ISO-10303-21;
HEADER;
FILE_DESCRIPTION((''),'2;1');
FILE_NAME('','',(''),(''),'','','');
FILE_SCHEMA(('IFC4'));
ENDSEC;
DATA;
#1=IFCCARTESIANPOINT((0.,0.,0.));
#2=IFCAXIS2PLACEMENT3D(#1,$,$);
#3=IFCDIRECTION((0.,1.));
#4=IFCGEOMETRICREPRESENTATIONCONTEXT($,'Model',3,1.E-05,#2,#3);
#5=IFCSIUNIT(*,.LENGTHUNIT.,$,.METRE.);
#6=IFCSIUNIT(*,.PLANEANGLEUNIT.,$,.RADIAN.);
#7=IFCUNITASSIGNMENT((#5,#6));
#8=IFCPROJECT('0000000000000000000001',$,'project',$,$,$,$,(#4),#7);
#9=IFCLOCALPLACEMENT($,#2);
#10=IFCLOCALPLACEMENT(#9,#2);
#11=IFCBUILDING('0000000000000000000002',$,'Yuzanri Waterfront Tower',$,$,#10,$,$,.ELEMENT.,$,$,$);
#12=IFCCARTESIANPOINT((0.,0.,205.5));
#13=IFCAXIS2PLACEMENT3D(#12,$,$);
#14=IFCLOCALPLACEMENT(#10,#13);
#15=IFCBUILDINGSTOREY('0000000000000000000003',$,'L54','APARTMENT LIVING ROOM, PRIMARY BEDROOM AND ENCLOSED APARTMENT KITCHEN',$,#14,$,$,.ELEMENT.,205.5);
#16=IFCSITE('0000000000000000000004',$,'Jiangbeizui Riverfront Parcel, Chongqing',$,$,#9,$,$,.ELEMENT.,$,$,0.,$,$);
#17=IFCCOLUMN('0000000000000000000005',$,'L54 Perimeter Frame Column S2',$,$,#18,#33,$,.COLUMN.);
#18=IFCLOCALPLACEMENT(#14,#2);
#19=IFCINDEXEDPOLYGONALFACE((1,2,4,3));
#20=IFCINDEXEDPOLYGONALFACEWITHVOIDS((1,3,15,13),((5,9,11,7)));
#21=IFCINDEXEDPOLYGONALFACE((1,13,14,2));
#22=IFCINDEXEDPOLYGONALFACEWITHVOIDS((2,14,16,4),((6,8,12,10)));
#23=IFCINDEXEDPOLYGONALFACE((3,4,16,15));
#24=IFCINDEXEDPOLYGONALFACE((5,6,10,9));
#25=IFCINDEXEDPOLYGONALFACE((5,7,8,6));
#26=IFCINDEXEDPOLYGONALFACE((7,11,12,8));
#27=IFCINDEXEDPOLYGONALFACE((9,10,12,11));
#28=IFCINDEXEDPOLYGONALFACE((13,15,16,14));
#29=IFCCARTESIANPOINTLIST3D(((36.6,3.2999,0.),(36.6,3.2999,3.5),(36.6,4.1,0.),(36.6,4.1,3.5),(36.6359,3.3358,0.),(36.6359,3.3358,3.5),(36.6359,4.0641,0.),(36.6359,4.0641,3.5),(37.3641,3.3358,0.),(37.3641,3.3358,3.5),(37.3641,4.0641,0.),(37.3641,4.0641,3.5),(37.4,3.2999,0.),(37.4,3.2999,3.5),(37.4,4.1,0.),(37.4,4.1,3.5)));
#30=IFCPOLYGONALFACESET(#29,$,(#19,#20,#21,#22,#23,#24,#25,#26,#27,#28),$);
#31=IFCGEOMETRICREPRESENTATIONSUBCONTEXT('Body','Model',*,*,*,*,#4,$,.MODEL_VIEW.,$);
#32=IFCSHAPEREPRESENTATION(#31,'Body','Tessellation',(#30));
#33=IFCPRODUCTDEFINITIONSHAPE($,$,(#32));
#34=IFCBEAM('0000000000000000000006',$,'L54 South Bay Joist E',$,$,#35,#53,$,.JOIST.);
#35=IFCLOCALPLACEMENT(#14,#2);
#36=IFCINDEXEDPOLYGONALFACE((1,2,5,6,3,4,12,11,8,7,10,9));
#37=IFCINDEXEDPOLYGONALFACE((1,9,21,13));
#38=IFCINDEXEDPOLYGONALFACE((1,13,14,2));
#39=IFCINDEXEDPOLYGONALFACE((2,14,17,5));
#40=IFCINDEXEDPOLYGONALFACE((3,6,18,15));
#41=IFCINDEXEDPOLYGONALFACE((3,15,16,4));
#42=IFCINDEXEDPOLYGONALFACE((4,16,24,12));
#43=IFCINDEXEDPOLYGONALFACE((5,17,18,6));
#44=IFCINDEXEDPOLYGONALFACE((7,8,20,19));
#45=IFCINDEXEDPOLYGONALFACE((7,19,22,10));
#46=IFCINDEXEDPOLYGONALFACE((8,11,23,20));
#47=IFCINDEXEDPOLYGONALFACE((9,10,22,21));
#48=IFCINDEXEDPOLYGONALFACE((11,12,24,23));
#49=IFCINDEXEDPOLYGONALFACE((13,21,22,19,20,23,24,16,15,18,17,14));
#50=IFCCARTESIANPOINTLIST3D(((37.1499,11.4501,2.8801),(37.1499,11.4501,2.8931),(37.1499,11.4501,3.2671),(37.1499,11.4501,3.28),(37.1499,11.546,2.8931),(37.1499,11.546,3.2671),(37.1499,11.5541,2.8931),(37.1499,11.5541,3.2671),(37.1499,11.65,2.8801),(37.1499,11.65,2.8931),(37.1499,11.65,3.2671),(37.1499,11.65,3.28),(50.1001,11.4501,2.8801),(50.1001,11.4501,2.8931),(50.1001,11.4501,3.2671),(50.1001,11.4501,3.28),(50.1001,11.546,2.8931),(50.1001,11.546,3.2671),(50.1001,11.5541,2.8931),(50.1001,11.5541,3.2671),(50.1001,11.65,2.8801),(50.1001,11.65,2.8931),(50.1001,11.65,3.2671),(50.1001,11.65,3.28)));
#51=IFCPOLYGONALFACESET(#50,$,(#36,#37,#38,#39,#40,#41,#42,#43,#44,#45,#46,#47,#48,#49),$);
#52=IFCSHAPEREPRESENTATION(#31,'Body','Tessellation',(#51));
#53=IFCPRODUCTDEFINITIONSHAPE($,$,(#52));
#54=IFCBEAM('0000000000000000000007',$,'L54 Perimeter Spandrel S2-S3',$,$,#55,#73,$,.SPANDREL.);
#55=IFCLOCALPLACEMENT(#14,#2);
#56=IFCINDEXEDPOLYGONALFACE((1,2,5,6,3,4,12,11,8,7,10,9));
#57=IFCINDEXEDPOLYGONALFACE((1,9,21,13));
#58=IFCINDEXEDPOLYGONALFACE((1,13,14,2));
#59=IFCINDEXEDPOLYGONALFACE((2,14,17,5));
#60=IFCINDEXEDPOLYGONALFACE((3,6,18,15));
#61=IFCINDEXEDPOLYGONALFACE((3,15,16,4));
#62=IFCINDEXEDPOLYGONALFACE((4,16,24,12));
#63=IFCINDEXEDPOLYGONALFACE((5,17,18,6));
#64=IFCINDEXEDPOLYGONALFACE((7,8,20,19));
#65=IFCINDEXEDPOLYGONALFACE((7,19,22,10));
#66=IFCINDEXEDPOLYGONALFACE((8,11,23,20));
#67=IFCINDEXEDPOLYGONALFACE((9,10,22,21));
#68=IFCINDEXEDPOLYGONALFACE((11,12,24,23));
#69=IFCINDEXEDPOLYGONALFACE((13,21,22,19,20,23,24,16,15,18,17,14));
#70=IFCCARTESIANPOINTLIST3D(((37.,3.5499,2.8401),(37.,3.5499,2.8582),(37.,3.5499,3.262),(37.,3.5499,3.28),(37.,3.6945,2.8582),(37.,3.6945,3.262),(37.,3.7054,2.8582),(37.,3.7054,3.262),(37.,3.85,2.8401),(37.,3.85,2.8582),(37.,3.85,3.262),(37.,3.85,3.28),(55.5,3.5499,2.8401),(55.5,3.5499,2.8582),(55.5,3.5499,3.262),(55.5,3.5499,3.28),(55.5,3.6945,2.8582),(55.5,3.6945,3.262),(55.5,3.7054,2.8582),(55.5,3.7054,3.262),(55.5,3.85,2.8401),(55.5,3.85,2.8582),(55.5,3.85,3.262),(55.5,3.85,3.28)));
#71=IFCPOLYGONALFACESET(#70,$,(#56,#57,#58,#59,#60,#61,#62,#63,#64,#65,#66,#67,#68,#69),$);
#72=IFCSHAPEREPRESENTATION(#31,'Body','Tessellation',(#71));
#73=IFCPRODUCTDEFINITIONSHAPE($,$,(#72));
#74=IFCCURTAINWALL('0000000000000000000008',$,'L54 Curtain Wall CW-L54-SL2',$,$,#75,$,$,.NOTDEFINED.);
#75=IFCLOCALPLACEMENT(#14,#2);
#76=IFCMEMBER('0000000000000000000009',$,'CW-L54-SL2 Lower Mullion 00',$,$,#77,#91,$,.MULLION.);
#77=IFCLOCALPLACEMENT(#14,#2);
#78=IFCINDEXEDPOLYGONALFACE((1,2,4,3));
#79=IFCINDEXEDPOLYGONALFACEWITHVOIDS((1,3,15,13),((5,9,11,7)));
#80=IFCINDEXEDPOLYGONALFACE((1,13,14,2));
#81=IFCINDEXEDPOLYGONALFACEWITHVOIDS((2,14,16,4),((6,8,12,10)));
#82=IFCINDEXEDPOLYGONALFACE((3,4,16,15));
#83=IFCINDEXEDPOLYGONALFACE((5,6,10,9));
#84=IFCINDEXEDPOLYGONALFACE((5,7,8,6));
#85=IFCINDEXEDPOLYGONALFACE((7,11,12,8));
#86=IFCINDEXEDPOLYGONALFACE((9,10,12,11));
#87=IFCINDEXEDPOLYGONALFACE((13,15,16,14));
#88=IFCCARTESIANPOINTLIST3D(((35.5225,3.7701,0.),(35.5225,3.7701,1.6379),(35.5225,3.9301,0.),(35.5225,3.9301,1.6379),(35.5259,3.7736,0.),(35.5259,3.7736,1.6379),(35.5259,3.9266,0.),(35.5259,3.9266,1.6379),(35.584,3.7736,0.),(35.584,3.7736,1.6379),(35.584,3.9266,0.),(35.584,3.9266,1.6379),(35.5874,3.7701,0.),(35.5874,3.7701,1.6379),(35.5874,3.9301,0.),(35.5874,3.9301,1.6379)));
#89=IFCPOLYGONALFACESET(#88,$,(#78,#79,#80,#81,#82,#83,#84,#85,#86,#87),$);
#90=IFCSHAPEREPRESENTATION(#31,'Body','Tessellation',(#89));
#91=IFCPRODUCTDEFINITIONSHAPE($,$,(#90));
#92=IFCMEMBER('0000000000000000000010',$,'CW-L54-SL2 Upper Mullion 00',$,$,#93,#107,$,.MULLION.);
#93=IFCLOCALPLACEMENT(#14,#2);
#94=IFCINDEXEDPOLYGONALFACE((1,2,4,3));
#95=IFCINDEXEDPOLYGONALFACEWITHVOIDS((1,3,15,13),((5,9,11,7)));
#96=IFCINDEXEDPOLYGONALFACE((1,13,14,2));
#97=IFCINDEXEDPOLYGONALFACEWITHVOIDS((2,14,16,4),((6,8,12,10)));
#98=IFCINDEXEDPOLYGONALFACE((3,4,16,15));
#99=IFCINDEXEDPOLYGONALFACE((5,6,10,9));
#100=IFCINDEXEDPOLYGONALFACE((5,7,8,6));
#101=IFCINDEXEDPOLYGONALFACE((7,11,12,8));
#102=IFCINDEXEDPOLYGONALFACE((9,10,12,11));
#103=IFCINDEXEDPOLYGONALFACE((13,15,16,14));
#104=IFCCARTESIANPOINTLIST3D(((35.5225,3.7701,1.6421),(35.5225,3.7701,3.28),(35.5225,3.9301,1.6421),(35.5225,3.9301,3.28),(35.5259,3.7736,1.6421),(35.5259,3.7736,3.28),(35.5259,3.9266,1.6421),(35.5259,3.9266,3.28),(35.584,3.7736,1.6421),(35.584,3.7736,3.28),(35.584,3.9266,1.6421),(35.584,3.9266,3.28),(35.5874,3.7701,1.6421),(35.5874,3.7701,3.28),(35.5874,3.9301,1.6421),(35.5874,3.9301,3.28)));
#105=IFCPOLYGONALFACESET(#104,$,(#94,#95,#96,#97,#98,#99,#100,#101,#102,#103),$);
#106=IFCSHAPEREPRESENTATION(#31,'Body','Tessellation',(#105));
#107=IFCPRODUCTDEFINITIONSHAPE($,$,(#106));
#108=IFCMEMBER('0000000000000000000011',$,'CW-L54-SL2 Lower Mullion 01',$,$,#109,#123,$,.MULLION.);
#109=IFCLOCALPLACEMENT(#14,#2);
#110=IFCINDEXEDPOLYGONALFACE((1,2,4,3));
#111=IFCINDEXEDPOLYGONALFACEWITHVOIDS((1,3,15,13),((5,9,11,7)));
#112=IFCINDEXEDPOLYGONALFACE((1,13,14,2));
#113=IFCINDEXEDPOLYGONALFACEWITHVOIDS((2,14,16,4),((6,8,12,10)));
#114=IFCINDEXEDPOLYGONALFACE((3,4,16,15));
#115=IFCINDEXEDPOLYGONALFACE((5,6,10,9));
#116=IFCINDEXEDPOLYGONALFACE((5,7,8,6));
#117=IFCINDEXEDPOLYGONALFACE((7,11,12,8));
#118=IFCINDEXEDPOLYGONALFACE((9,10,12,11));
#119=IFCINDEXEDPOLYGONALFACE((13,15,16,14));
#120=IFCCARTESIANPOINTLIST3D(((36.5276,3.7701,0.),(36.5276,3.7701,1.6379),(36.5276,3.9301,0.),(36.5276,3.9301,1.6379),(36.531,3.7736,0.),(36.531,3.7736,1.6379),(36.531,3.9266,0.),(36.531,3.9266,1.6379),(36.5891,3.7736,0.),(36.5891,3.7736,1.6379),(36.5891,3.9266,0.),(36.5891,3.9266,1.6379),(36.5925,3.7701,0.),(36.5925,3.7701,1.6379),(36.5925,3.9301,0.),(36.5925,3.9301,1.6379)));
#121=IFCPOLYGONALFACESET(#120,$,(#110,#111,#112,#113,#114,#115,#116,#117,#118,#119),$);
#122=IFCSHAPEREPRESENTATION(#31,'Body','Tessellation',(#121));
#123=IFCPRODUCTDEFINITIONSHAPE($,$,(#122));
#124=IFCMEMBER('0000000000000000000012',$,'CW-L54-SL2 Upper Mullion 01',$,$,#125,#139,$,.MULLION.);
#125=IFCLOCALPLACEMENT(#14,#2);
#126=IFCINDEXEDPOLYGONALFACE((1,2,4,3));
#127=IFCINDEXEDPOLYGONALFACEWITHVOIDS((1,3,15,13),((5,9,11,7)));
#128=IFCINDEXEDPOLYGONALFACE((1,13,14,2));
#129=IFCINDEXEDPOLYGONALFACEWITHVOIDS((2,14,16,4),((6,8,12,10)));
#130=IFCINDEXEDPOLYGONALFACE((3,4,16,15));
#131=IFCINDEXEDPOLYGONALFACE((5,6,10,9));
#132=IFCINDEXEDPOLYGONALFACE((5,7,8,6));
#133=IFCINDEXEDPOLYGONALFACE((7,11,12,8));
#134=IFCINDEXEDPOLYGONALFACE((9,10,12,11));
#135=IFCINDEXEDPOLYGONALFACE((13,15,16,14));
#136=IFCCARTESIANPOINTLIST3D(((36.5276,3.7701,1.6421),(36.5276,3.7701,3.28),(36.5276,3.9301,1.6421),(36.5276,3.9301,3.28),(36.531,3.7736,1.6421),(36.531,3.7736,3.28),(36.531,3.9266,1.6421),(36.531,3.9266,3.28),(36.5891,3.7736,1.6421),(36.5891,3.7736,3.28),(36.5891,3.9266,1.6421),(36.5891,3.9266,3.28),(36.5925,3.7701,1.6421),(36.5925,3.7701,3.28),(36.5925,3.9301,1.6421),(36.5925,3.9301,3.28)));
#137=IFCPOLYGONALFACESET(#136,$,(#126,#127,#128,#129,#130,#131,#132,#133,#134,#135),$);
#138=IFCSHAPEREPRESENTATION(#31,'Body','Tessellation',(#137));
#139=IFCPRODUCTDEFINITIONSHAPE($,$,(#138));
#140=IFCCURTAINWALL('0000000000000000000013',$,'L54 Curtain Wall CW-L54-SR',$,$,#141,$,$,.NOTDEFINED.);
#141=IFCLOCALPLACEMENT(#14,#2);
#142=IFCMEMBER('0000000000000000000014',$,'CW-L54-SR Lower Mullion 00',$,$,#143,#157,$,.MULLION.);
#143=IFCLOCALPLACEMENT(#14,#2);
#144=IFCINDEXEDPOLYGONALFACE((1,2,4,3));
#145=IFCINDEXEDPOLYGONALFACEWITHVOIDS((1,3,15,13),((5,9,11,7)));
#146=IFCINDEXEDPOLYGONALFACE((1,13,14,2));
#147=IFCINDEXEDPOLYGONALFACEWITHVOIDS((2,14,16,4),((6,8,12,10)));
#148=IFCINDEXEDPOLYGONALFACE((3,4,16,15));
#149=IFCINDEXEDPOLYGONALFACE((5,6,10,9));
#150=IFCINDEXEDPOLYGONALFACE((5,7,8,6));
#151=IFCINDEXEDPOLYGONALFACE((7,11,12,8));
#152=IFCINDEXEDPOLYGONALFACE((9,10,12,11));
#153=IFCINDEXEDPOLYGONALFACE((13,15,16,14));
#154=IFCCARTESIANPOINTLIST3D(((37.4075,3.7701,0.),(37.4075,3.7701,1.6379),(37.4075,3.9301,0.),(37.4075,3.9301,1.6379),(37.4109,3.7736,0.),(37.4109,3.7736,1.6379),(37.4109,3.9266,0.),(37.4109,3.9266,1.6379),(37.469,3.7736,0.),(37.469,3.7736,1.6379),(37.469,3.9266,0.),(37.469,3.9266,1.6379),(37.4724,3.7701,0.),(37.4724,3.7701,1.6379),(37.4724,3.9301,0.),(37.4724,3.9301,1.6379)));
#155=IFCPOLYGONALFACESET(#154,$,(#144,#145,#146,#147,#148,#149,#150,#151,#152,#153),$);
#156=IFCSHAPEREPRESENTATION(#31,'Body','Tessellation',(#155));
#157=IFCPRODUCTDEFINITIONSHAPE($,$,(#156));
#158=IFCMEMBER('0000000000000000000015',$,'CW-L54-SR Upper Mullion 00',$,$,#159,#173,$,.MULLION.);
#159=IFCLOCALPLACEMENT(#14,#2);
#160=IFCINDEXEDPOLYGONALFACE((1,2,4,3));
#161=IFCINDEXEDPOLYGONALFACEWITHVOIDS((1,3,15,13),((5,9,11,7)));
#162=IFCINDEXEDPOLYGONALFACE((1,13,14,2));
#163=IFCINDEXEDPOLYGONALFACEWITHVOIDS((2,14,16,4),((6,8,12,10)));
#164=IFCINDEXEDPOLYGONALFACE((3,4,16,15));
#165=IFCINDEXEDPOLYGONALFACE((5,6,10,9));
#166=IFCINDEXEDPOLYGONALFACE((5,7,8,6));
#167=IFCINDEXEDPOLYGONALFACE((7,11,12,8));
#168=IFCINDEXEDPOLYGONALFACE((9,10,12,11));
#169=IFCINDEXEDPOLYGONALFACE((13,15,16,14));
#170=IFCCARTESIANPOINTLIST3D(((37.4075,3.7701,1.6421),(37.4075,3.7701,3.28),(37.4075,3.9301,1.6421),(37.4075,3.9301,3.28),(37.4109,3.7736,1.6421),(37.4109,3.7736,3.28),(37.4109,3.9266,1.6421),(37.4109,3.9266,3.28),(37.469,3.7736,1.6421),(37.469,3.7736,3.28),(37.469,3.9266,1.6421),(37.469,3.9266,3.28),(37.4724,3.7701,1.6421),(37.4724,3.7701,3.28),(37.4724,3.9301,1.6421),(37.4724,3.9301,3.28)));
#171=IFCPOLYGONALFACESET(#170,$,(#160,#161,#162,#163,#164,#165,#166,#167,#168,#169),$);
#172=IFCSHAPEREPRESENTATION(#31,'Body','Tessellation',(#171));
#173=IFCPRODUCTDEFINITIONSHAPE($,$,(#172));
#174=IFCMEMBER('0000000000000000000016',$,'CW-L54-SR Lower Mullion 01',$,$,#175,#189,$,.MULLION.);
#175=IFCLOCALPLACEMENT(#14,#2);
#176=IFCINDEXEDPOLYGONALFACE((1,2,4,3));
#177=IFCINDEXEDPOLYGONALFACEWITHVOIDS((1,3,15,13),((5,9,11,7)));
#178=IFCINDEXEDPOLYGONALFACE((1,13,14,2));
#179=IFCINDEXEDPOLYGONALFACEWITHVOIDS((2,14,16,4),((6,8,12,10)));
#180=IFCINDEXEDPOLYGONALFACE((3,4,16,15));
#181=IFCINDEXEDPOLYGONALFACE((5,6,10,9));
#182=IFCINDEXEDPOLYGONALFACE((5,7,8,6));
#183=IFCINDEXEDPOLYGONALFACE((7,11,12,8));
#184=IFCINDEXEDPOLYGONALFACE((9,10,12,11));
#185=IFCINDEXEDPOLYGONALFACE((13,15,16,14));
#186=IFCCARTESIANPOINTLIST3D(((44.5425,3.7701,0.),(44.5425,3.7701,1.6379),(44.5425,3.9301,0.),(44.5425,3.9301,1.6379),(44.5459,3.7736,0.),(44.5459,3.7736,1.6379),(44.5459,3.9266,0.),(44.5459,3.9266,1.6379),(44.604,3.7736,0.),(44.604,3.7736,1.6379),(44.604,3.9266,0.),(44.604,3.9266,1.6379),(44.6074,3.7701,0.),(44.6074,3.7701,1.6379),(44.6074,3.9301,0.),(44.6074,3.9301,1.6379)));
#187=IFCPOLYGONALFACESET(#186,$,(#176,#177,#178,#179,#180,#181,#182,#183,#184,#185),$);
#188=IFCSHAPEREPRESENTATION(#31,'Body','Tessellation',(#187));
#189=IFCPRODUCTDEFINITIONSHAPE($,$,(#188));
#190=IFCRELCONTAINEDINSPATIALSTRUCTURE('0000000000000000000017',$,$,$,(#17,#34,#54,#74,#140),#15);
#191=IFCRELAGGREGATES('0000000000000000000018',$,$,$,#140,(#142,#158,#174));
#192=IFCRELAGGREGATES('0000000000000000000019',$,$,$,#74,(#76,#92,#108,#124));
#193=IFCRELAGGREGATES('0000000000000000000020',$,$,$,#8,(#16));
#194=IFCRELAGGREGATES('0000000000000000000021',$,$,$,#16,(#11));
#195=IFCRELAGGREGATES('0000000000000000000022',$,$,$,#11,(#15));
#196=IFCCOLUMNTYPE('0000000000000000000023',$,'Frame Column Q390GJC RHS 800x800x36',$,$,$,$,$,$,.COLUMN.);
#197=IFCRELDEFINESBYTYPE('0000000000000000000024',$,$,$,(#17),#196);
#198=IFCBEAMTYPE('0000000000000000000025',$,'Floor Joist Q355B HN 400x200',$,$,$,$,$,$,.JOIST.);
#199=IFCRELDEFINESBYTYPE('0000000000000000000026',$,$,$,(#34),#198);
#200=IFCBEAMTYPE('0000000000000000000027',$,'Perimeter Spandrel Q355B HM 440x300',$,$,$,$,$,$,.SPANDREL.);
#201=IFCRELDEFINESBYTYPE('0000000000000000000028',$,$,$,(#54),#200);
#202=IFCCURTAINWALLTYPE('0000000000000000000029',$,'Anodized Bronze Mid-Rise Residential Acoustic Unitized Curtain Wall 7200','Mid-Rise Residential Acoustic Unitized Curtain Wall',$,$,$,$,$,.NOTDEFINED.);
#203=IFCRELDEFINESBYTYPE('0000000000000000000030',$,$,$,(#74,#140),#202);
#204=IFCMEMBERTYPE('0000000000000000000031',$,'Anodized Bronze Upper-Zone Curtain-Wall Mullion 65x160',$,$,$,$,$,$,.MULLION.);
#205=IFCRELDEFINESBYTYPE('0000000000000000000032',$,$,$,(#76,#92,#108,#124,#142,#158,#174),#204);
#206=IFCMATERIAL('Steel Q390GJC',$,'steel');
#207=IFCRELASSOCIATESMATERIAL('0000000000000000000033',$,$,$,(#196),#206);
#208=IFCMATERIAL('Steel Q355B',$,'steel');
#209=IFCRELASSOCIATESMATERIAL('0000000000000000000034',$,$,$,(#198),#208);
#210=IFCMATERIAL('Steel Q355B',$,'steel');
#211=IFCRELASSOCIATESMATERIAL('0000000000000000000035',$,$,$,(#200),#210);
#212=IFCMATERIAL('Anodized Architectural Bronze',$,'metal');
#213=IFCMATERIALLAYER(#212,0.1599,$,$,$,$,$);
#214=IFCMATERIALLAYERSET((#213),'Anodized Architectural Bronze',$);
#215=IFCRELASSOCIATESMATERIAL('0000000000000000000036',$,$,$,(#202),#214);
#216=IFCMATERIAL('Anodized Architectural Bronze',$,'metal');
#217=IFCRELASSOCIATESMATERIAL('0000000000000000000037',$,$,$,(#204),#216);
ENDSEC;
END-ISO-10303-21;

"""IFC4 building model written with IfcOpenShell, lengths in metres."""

from ifc_helpers import new_model, si_unit, direction, frame, origin, origin_2d, place, context, subcontext, project, spatial, hollow_rectangle, i_section, extrude, source, transform, mapped, material, layer, layer_set, material_profile, profile_set, type_object, element, aggregate, save


model = new_model("IFC4")

# Units and contexts
model_context = context("Model", 3, precision=1e-05, world=origin(), true_north=direction((0.0, 1.0)))
body_context = subcontext(model_context, "Body", "Model", "MODEL_VIEW")
ifc_project = project(units=[si_unit("LENGTHUNIT", "METRE"), si_unit("PLANEANGLEUNIT", "RADIAN")], contexts=[model_context])

# Site, building, storey
site_placement = place(None, origin())
site = spatial("IfcSite", under=ifc_project, at=site_placement, Name="Jiangbeizui Riverfront Parcel, Chongqing", CompositionType="ELEMENT", RefElevation=0.0)
building_placement = place(site_placement, origin())
building = spatial("IfcBuilding", under=site, at=building_placement, Name="Yuzanri Waterfront Tower", CompositionType="ELEMENT")
storey_placement = place(building_placement, frame((0.0, 0.0, 205.5)))
storey = spatial("IfcBuildingStorey", under=building, at=storey_placement, Name="L54", Description="APARTMENT LIVING ROOM, PRIMARY BEDROOM AND ENCLOSED APARTMENT KITCHEN", CompositionType="ELEMENT", Elevation=205.5)

# Column
ifc_material_1 = material(Name="Steel Q390GJC", Category="steel")
ifc_material_profile_1 = material_profile(ifc_material_1, hollow_rectangle(XDim=0.8, YDim=0.8, WallThickness=0.0359, at=origin_2d()), Name="RHS 800x800x36")
ifc_profile_set_1 = profile_set([ifc_material_profile_1], Name="Steel Q390GJC")
column_type = type_object("IfcColumnType", Name="Frame Column Q390GJC RHS 800x800x36", PredefinedType="COLUMN", material=ifc_profile_set_1)
shared_shape_1 = source(origin(), body_context, "Body", "SweptSolid", [
    extrude(hollow_rectangle(XDim=0.8, YDim=0.8, WallThickness=0.0359, at=origin_2d()), origin(), (0.0, 0.0, 1.0), 3.5),
])
column_placement = place(storey_placement, frame((37.0, 3.7, 0.0), z_axis=(0.0, 0.0, 1.0), x_axis=(1.0, 0.0, 0.0)))
element("IfcColumn", 1, at=column_placement, inside=storey, type_object=column_type, Name="L54 Perimeter Frame Column S2", PredefinedType="COLUMN", context=body_context, shape_type="MappedRepresentation", body=[
    mapped(shared_shape_1, transform((0.0, 0.0, 0.0), scale=1.0)),
])

# Beams
ifc_material_2 = material(Name="Steel Q355B", Category="steel")
ifc_material_profile_2 = material_profile(ifc_material_2, i_section(OverallWidth=0.2, OverallDepth=0.3999, WebThickness=0.0081, FlangeThickness=0.0129, at=origin_2d()), Name="HN 400x200x8x13")
ifc_profile_set_2 = profile_set([ifc_material_profile_2], Name="Steel Q355B")
beam_type_1 = type_object("IfcBeamType", Name="Floor Joist Q355B HN 400x200", PredefinedType="JOIST", material=ifc_profile_set_2)
shared_shape_2 = source(origin(), body_context, "Body", "SweptSolid", [
    extrude(i_section(OverallWidth=0.2, OverallDepth=0.3999, WebThickness=0.0081, FlangeThickness=0.0129, at=origin_2d()), origin(), (0.0, 0.0, 1.0), 12.9502),
])
beam_1_placement = place(storey_placement, frame((37.1499, 11.55, 3.0801), z_axis=(1.0, 0.0, 0.0), x_axis=(0.0, 1.0, 0.0)))
element("IfcBeam", 2, at=beam_1_placement, inside=storey, type_object=beam_type_1, Name="L54 South Bay Joist E", PredefinedType="JOIST", context=body_context, shape_type="MappedRepresentation", body=[
    mapped(shared_shape_2, transform((0.0, 0.0, 0.0), scale=1.0)),
])
ifc_material_3 = material(Name="Steel Q355B", Category="steel")
ifc_material_profile_3 = material_profile(ifc_material_3, i_section(OverallWidth=0.3, OverallDepth=0.4399, WebThickness=0.011, FlangeThickness=0.0181, at=origin_2d()), Name="HM 440x300x11x18")
ifc_profile_set_3 = profile_set([ifc_material_profile_3], Name="Steel Q355B")
beam_type_2 = type_object("IfcBeamType", Name="Perimeter Spandrel Q355B HM 440x300", PredefinedType="SPANDREL", material=ifc_profile_set_3)
shared_shape_3 = source(origin(), body_context, "Body", "SweptSolid", [
    extrude(i_section(OverallWidth=0.3, OverallDepth=0.4399, WebThickness=0.011, FlangeThickness=0.0181, at=origin_2d()), origin(), (0.0, 0.0, 1.0), 18.5),
])
beam_2_placement = place(storey_placement, frame((37.0, 3.7, 3.0601), z_axis=(1.0, 0.0, 0.0), x_axis=(0.0, 1.0, 0.0)))
element("IfcBeam", 3, at=beam_2_placement, inside=storey, type_object=beam_type_2, Name="L54 Perimeter Spandrel S2-S3", PredefinedType="SPANDREL", context=body_context, shape_type="MappedRepresentation", body=[
    mapped(shared_shape_3, transform((0.0, 0.0, 0.0), scale=1.0)),
])

# Curtain walls, members
ifc_material_4 = material(Name="Anodized Architectural Bronze", Category="metal")
ifc_layer_1 = layer(ifc_material_4, 0.1599)
ifc_layer_set_1 = layer_set([ifc_layer_1], Name="Anodized Architectural Bronze")
curtain_wall_type = type_object("IfcCurtainWallType", Name="Anodized Bronze Mid-Rise Residential Acoustic Unitized Curtain Wall 7200", Description="Mid-Rise Residential Acoustic Unitized Curtain Wall", PredefinedType="NOTDEFINED", material=ifc_layer_set_1)
curtain_wall_1_placement = place(storey_placement, origin())
curtain_wall_1 = element("IfcCurtainWall", 4, at=curtain_wall_1_placement, inside=storey, type_object=curtain_wall_type, Name="L54 Curtain Wall CW-L54-SL2", PredefinedType="NOTDEFINED")
ifc_material_5 = material(Name="Anodized Architectural Bronze", Category="metal")
ifc_material_profile_4 = material_profile(ifc_material_5, hollow_rectangle(XDim=0.0649, YDim=0.1599, WallThickness=0.0034, at=origin_2d()), Name="CWM 65x160")
ifc_profile_set_4 = profile_set([ifc_material_profile_4], Name="Anodized Architectural Bronze")
member_type_1 = type_object("IfcMemberType", Name="Anodized Bronze Upper-Zone Curtain-Wall Mullion 65x160", PredefinedType="MULLION", material=ifc_profile_set_4)
shared_shape_4 = source(origin(), body_context, "Body", "SweptSolid", [
    extrude(hollow_rectangle(XDim=0.0649, YDim=0.1599, WallThickness=0.0034, at=origin_2d()), origin(), (0.0, 0.0, 1.0), 1.6379),
])
member_1_placement = place(storey_placement, frame((35.5549, 3.8501, 0.0), z_axis=(0.0, 0.0, 1.0), x_axis=(1.0, 0.0, 0.0)))
member_1 = element("IfcMember", 5, at=member_1_placement, type_object=member_type_1, Name="CW-L54-SL2 Lower Mullion 00", PredefinedType="MULLION", context=body_context, shape_type="MappedRepresentation", body=[
    mapped(shared_shape_4, transform((0.0, 0.0, 0.0), scale=1.0)),
])
member_2_placement = place(storey_placement, frame((35.5549, 3.8501, 1.6421), z_axis=(0.0, 0.0, 1.0), x_axis=(1.0, 0.0, 0.0)))
member_2 = element("IfcMember", 6, at=member_2_placement, type_object=member_type_1, Name="CW-L54-SL2 Upper Mullion 00", PredefinedType="MULLION", context=body_context, shape_type="MappedRepresentation", body=[
    mapped(shared_shape_4, transform((0.0, 0.0, 0.0), scale=1.0)),
])
member_3_placement = place(storey_placement, frame((36.5601, 3.8501, 0.0), z_axis=(0.0, 0.0, 1.0), x_axis=(1.0, 0.0, 0.0)))
member_3 = element("IfcMember", 7, at=member_3_placement, type_object=member_type_1, Name="CW-L54-SL2 Lower Mullion 01", PredefinedType="MULLION", context=body_context, shape_type="MappedRepresentation", body=[
    mapped(shared_shape_4, transform((0.0, 0.0, 0.0), scale=1.0)),
])
member_4_placement = place(storey_placement, frame((36.5601, 3.8501, 1.6421), z_axis=(0.0, 0.0, 1.0), x_axis=(1.0, 0.0, 0.0)))
member_4 = element("IfcMember", 8, at=member_4_placement, type_object=member_type_1, Name="CW-L54-SL2 Upper Mullion 01", PredefinedType="MULLION", context=body_context, shape_type="MappedRepresentation", body=[
    mapped(shared_shape_4, transform((0.0, 0.0, 0.0), scale=1.0)),
])
curtain_wall_2_placement = place(storey_placement, origin())
curtain_wall_2 = element("IfcCurtainWall", 9, at=curtain_wall_2_placement, inside=storey, type_object=curtain_wall_type, Name="L54 Curtain Wall CW-L54-SR", PredefinedType="NOTDEFINED")
member_5_placement = place(storey_placement, frame((37.4399, 3.8501, 0.0), z_axis=(0.0, 0.0, 1.0), x_axis=(1.0, 0.0, 0.0)))
member_5 = element("IfcMember", 10, at=member_5_placement, type_object=member_type_1, Name="CW-L54-SR Lower Mullion 00", PredefinedType="MULLION", context=body_context, shape_type="MappedRepresentation", body=[
    mapped(shared_shape_4, transform((0.0, 0.0, 0.0), scale=1.0)),
])
member_6_placement = place(storey_placement, frame((37.4399, 3.8501, 1.6421), z_axis=(0.0, 0.0, 1.0), x_axis=(1.0, 0.0, 0.0)))
member_6 = element("IfcMember", 11, at=member_6_placement, type_object=member_type_1, Name="CW-L54-SR Upper Mullion 00", PredefinedType="MULLION", context=body_context, shape_type="MappedRepresentation", body=[
    mapped(shared_shape_4, transform((0.0, 0.0, 0.0), scale=1.0)),
])
member_7_placement = place(storey_placement, frame((44.575, 3.8501, 0.0), z_axis=(0.0, 0.0, 1.0), x_axis=(1.0, 0.0, 0.0)))
member_7 = element("IfcMember", 12, at=member_7_placement, type_object=member_type_1, Name="CW-L54-SR Lower Mullion 01", PredefinedType="MULLION", context=body_context, shape_type="MappedRepresentation", body=[
    mapped(shared_shape_4, transform((0.0, 0.0, 0.0), scale=1.0)),
])

aggregate(curtain_wall_2, [member_5, member_6, member_7])
aggregate(curtain_wall_1, [member_1, member_2, member_3, member_4])

save(model, "model.ifc")
